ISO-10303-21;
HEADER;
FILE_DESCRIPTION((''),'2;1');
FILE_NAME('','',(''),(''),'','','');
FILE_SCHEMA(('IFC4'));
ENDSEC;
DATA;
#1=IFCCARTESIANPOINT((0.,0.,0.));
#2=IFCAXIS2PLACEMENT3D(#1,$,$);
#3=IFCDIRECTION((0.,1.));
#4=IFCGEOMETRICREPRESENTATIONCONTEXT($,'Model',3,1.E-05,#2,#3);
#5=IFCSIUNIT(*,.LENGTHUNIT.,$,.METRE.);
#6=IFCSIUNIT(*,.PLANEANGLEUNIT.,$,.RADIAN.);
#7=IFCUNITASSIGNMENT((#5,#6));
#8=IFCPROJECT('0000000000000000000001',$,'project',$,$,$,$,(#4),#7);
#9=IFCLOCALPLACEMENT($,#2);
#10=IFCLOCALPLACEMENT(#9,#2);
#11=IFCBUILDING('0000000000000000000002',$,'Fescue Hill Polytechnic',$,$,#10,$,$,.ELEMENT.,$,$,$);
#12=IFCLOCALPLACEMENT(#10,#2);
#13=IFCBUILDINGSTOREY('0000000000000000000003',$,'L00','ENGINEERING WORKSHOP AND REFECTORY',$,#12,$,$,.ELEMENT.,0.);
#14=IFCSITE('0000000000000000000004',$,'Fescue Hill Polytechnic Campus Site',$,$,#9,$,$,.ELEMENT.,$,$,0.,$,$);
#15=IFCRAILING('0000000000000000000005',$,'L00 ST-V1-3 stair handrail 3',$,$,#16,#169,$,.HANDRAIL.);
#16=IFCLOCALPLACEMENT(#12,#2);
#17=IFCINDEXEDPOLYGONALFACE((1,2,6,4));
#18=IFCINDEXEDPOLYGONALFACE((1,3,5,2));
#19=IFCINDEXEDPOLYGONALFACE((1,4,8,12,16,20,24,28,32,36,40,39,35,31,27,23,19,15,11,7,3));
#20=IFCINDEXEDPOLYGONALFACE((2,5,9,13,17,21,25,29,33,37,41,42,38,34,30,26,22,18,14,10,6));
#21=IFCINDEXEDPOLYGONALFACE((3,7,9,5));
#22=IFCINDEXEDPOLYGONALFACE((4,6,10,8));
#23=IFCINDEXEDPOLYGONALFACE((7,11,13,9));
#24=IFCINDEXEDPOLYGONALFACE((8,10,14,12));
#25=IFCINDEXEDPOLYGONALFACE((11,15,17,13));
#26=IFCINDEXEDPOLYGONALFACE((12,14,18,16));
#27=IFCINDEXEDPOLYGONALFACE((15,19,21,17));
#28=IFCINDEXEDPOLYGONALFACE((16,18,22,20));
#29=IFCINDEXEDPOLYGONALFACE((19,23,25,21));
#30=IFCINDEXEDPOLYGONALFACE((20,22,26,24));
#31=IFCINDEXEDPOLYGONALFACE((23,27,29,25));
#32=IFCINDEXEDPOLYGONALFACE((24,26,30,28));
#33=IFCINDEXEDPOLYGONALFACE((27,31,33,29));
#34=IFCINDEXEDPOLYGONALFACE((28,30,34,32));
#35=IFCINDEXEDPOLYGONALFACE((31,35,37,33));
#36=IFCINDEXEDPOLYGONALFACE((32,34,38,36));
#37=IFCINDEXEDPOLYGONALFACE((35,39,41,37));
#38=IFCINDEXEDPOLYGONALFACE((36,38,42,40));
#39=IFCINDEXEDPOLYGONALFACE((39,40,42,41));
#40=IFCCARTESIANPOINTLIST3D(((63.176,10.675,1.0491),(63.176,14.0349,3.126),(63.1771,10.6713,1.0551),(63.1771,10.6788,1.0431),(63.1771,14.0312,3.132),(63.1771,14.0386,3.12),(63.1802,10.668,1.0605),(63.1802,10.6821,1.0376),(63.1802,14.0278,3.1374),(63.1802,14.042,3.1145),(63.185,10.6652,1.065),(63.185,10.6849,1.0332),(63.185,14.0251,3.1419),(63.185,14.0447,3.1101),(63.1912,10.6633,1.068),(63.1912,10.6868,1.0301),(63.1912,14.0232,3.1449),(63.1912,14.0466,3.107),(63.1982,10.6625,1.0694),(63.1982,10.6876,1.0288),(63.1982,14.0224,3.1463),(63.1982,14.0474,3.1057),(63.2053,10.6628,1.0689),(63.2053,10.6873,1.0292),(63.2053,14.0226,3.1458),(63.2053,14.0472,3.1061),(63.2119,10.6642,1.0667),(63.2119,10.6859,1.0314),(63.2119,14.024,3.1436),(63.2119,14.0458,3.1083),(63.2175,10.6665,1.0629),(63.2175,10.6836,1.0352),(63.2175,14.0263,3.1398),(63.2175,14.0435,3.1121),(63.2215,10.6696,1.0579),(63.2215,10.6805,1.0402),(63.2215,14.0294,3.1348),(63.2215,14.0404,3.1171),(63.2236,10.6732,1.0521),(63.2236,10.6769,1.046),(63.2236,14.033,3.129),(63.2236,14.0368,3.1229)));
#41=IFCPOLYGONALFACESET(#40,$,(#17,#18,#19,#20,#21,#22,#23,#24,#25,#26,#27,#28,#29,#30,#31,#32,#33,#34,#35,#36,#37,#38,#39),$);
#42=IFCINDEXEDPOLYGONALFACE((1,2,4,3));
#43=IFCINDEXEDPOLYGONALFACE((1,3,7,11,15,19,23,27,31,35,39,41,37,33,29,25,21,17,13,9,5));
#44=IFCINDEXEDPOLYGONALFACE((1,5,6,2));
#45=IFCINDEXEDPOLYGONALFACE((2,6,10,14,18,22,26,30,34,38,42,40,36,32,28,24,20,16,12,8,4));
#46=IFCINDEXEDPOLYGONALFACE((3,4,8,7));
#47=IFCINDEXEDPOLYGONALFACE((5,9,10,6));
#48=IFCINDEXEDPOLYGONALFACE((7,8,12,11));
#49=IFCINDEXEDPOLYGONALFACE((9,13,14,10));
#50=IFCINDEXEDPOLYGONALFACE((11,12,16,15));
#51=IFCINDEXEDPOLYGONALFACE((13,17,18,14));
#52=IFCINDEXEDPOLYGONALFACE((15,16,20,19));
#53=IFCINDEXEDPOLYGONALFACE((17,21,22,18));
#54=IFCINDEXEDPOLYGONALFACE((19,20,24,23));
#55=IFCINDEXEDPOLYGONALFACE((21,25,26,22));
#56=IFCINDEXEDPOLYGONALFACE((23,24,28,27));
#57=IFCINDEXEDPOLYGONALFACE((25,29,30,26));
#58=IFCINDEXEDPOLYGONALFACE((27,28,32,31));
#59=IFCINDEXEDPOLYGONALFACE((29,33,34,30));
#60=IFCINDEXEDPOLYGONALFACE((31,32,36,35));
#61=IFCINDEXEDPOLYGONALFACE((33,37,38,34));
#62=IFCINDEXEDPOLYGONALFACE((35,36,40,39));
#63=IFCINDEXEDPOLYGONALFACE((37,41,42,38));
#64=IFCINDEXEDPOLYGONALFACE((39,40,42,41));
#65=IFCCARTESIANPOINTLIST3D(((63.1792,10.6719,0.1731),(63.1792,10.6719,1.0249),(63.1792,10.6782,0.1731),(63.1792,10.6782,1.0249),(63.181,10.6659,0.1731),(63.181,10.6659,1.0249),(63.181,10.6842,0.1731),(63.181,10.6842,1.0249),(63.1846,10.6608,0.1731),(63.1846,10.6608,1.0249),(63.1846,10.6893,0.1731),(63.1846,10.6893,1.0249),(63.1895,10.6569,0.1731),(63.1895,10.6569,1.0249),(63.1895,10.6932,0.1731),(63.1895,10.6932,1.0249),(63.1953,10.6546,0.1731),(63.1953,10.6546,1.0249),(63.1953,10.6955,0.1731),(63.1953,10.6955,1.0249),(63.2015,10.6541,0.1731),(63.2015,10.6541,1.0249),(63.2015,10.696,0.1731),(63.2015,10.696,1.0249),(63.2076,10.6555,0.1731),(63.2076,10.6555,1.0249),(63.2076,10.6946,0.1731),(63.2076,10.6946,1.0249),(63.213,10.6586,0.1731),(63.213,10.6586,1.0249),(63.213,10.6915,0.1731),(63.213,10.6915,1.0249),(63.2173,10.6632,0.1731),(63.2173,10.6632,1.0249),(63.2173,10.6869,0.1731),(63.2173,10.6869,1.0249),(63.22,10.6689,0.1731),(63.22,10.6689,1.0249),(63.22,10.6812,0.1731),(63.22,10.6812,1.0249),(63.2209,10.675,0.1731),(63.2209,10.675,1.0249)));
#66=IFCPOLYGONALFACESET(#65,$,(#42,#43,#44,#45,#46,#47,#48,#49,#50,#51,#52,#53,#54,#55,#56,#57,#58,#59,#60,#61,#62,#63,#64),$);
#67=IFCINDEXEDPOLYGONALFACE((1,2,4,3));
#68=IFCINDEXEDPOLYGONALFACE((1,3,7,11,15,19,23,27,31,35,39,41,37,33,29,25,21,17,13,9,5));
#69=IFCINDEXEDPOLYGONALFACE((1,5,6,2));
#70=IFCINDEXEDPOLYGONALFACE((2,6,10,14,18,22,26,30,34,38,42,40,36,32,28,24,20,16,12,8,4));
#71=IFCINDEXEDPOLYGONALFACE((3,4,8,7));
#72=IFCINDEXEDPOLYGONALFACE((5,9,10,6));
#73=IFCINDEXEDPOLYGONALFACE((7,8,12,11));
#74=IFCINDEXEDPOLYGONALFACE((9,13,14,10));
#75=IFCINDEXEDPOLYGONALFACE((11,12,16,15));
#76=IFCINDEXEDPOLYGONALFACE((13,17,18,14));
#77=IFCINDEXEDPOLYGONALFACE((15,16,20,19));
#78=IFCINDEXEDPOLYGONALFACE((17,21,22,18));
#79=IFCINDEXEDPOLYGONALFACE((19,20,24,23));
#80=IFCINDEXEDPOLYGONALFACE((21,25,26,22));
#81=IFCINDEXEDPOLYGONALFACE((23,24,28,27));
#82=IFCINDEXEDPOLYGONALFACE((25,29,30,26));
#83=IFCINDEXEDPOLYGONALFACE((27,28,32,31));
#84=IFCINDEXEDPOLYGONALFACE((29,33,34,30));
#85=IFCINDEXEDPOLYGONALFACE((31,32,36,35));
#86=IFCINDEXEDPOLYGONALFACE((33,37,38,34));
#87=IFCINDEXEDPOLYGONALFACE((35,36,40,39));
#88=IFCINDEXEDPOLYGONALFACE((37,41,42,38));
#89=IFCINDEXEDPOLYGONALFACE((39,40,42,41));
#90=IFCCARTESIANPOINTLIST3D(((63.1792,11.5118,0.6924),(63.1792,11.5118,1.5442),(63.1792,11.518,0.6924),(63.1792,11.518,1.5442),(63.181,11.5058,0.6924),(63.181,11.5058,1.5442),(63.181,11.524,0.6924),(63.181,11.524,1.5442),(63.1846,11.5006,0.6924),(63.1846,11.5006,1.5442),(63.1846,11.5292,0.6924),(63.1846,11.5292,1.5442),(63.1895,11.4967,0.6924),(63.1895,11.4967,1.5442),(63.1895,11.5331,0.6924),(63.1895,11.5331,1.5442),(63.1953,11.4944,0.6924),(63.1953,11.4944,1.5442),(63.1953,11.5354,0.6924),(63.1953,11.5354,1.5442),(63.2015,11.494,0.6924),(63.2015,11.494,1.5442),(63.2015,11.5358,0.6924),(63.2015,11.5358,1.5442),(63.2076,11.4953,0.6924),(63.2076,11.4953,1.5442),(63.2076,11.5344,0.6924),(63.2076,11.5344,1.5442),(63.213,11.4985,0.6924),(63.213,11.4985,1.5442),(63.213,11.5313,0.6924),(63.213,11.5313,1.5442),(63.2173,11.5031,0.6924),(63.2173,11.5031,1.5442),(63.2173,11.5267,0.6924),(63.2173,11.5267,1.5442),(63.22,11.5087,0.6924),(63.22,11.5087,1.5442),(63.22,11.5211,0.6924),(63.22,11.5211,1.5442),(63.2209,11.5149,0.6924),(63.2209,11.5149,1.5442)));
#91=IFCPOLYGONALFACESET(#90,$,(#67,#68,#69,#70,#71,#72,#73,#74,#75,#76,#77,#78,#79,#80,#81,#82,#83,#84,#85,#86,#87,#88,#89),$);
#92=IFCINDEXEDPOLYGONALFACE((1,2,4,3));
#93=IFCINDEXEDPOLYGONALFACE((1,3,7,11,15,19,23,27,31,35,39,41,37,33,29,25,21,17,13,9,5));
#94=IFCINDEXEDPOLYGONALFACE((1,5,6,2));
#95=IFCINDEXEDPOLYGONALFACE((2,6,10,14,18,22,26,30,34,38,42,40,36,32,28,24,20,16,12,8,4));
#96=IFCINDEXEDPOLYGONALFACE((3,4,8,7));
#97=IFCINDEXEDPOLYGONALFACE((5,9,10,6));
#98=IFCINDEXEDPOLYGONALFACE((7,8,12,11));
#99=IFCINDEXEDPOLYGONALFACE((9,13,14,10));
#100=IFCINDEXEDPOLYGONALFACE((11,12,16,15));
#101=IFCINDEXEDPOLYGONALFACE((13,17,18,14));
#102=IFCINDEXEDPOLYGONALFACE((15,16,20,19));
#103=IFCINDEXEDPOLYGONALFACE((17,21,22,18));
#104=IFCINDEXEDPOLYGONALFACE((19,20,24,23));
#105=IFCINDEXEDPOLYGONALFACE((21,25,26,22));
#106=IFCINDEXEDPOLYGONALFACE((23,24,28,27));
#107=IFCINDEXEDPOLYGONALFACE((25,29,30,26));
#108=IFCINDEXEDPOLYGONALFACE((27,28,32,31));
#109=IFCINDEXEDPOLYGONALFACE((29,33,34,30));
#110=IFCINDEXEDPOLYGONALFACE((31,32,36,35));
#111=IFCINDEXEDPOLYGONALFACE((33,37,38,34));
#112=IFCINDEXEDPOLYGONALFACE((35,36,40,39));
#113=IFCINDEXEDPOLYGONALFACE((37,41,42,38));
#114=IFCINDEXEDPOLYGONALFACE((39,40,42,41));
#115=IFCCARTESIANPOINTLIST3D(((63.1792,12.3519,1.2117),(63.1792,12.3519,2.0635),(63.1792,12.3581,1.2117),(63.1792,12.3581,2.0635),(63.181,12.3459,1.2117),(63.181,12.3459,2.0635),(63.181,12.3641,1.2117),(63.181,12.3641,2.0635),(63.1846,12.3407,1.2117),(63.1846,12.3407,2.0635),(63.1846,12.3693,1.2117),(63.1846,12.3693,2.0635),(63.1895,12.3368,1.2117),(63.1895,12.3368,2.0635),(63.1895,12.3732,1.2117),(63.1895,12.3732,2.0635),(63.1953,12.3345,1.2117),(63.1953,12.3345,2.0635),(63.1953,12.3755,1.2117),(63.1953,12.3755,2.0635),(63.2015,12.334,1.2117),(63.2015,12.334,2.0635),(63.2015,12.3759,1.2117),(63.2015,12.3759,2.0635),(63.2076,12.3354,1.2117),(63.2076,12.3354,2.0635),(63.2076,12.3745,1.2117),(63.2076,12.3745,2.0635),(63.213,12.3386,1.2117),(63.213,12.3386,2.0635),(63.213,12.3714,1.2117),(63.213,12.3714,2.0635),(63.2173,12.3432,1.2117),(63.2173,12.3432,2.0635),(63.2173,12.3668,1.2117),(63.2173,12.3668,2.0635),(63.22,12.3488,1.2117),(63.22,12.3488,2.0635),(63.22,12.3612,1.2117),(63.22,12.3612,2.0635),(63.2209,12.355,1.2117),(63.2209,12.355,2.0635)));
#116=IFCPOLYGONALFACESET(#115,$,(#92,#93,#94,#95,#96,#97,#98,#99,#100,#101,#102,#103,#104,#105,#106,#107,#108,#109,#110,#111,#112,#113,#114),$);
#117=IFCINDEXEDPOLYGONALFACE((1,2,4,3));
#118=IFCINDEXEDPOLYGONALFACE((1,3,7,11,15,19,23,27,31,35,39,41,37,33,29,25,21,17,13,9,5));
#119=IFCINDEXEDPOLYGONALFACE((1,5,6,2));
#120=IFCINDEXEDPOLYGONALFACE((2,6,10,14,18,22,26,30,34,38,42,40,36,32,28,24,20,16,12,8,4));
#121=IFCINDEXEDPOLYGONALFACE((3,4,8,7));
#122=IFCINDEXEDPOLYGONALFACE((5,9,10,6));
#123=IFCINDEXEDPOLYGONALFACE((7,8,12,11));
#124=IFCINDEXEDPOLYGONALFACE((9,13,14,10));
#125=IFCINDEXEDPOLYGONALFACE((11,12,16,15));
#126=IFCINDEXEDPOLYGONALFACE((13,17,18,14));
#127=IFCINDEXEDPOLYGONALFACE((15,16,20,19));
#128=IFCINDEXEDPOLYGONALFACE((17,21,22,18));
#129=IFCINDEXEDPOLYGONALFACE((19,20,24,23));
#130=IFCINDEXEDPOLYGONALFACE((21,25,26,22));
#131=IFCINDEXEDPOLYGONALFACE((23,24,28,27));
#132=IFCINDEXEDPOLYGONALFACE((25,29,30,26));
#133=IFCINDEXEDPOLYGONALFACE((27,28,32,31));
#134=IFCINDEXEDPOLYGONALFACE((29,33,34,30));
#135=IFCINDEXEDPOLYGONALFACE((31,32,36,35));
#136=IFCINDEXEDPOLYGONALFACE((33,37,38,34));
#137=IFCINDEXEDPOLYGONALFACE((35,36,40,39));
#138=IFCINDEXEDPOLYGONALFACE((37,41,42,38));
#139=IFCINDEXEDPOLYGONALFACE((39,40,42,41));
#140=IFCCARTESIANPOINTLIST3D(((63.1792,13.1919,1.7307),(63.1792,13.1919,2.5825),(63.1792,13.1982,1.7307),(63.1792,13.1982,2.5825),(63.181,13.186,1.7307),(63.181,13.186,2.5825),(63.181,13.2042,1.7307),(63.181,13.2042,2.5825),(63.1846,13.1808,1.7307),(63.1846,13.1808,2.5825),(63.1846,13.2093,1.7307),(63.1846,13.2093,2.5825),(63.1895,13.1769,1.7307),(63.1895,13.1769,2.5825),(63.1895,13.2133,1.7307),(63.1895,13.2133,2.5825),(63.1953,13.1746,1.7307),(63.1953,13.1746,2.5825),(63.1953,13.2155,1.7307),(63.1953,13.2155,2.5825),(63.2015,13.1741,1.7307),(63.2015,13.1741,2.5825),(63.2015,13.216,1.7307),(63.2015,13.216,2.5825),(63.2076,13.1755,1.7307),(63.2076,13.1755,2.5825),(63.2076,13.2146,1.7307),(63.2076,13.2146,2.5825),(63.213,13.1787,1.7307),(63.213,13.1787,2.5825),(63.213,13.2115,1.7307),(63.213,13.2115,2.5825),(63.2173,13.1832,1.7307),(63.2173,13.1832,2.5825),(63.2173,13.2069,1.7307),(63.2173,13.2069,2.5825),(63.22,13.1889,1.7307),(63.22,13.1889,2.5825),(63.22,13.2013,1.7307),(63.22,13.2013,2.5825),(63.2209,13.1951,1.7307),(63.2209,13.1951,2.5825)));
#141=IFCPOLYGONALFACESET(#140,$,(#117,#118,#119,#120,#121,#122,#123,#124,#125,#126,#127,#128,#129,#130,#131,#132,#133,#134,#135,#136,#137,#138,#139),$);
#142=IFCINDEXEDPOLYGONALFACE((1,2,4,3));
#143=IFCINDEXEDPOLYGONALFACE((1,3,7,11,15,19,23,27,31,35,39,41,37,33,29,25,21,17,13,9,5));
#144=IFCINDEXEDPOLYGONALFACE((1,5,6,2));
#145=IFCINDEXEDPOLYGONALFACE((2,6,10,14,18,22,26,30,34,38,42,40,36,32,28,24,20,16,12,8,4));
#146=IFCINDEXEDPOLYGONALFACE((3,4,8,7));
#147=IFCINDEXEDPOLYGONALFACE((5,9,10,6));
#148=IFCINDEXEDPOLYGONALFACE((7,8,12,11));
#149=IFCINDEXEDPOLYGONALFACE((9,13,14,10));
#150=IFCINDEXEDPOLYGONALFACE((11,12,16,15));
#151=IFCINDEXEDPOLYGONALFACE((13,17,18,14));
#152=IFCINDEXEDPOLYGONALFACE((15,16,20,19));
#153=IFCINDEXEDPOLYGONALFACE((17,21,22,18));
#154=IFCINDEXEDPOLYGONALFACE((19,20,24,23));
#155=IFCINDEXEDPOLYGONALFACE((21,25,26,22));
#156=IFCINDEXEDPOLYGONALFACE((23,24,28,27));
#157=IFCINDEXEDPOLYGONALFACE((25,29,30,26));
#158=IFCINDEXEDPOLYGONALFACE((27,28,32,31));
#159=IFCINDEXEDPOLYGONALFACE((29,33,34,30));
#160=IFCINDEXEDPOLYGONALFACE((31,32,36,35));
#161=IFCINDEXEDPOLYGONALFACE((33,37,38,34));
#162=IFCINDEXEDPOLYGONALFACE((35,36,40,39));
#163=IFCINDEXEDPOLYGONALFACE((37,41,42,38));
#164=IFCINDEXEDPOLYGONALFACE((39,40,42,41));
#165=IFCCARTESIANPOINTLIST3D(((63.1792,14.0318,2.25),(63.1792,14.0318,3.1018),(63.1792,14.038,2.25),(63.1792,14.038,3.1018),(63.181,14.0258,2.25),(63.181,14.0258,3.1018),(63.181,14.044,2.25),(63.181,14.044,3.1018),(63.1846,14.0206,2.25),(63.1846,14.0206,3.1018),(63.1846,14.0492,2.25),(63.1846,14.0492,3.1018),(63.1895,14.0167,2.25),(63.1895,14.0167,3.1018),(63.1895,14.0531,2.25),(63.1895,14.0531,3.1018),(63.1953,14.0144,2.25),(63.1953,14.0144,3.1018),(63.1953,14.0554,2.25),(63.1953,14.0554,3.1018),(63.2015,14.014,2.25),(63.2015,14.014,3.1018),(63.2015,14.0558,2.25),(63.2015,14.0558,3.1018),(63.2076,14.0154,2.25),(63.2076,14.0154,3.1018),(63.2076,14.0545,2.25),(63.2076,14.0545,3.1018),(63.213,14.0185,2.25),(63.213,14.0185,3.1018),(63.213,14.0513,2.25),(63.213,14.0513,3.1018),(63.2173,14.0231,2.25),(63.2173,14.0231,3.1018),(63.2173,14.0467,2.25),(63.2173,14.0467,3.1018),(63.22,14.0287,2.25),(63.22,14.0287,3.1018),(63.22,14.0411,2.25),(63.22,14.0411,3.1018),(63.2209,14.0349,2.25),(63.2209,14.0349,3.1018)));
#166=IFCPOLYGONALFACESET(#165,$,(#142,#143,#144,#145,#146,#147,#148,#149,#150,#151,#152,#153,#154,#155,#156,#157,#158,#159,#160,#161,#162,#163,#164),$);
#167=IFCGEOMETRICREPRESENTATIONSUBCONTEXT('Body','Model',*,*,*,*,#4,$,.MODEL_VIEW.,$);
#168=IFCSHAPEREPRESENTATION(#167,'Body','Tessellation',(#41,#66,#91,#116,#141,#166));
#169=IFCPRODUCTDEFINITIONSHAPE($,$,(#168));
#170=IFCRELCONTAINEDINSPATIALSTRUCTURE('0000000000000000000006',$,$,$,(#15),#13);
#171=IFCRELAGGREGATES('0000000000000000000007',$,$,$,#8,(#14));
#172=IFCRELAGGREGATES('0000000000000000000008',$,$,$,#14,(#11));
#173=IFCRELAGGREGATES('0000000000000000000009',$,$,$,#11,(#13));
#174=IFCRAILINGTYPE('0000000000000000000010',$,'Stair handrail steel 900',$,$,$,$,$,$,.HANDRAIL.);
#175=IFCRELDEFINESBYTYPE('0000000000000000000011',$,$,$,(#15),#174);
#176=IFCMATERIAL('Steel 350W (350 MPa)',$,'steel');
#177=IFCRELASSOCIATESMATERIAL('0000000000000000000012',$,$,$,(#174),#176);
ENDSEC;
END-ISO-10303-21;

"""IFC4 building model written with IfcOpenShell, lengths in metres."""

from ifc_helpers import new_model, si_unit, direction, frame, origin, origin_2d, place, context, subcontext, project, spatial, circle, extrude, material, type_object, element, save


model = new_model("IFC4")

# Units and contexts
model_context = context("Model", 3, precision=1e-05, world=origin(), true_north=direction((0.0, 1.0)))
body_context = subcontext(model_context, "Body", "Model", "MODEL_VIEW")
ifc_project = project(units=[si_unit("LENGTHUNIT", "METRE"), si_unit("PLANEANGLEUNIT", "RADIAN")], contexts=[model_context])

# Site, building, storey
site_placement = place(None, origin())
site = spatial("IfcSite", under=ifc_project, at=site_placement, Name="Fescue Hill Polytechnic Campus Site", CompositionType="ELEMENT", RefElevation=0.0)
building_placement = place(site_placement, origin())
building = spatial("IfcBuilding", under=site, at=building_placement, Name="Fescue Hill Polytechnic", CompositionType="ELEMENT")
storey_placement = place(building_placement, origin())
storey = spatial("IfcBuildingStorey", under=building, at=storey_placement, Name="L00", Description="ENGINEERING WORKSHOP AND REFECTORY", CompositionType="ELEMENT", Elevation=0.0)

# Railing
ifc_material_1 = material(Name="Steel 350W (350 MPa)", Category="steel")
railing_type_1 = type_object("IfcRailingType", Name="Stair handrail steel 900", PredefinedType="HANDRAIL", material=ifc_material_1)
railing_1_placement = place(storey_placement, frame((63.2, 10.675, 0.1731)))
element("IfcRailing", 1, at=railing_1_placement, inside=storey, type_object=railing_type_1, Name="L00 ST-V1-3 stair handrail 3", PredefinedType="HANDRAIL", context=body_context, shape_type="SweptSolid", body=[
    extrude(circle(Radius=0.0239, at=origin_2d()), frame((0.0, 0.0, 0.876), z_axis=(0.0, 0.850606, 0.525803), x_axis=(-1.0, 0.0, 0.0)), (0.0, 0.0, 1.0), 3.95),
    extrude(circle(Radius=0.021, at=origin_2d()), origin(), (0.0, 0.0, 1.0), 0.8518),
    extrude(circle(Radius=0.021, at=origin_2d()), frame((0.0, 0.8398, 0.5193)), (0.0, 0.0, 1.0), 0.8518),
    extrude(circle(Radius=0.021, at=origin_2d()), frame((0.0, 1.6799, 1.0386)), (0.0, 0.0, 1.0), 0.8518),
    extrude(circle(Radius=0.021, at=origin_2d()), frame((0.0, 2.52, 1.5576)), (0.0, 0.0, 1.0), 0.8518),
    extrude(circle(Radius=0.021, at=origin_2d()), frame((0.0, 3.3599, 2.0769)), (0.0, 0.0, 1.0), 0.8518),
])

save(model, "model.ifc")
